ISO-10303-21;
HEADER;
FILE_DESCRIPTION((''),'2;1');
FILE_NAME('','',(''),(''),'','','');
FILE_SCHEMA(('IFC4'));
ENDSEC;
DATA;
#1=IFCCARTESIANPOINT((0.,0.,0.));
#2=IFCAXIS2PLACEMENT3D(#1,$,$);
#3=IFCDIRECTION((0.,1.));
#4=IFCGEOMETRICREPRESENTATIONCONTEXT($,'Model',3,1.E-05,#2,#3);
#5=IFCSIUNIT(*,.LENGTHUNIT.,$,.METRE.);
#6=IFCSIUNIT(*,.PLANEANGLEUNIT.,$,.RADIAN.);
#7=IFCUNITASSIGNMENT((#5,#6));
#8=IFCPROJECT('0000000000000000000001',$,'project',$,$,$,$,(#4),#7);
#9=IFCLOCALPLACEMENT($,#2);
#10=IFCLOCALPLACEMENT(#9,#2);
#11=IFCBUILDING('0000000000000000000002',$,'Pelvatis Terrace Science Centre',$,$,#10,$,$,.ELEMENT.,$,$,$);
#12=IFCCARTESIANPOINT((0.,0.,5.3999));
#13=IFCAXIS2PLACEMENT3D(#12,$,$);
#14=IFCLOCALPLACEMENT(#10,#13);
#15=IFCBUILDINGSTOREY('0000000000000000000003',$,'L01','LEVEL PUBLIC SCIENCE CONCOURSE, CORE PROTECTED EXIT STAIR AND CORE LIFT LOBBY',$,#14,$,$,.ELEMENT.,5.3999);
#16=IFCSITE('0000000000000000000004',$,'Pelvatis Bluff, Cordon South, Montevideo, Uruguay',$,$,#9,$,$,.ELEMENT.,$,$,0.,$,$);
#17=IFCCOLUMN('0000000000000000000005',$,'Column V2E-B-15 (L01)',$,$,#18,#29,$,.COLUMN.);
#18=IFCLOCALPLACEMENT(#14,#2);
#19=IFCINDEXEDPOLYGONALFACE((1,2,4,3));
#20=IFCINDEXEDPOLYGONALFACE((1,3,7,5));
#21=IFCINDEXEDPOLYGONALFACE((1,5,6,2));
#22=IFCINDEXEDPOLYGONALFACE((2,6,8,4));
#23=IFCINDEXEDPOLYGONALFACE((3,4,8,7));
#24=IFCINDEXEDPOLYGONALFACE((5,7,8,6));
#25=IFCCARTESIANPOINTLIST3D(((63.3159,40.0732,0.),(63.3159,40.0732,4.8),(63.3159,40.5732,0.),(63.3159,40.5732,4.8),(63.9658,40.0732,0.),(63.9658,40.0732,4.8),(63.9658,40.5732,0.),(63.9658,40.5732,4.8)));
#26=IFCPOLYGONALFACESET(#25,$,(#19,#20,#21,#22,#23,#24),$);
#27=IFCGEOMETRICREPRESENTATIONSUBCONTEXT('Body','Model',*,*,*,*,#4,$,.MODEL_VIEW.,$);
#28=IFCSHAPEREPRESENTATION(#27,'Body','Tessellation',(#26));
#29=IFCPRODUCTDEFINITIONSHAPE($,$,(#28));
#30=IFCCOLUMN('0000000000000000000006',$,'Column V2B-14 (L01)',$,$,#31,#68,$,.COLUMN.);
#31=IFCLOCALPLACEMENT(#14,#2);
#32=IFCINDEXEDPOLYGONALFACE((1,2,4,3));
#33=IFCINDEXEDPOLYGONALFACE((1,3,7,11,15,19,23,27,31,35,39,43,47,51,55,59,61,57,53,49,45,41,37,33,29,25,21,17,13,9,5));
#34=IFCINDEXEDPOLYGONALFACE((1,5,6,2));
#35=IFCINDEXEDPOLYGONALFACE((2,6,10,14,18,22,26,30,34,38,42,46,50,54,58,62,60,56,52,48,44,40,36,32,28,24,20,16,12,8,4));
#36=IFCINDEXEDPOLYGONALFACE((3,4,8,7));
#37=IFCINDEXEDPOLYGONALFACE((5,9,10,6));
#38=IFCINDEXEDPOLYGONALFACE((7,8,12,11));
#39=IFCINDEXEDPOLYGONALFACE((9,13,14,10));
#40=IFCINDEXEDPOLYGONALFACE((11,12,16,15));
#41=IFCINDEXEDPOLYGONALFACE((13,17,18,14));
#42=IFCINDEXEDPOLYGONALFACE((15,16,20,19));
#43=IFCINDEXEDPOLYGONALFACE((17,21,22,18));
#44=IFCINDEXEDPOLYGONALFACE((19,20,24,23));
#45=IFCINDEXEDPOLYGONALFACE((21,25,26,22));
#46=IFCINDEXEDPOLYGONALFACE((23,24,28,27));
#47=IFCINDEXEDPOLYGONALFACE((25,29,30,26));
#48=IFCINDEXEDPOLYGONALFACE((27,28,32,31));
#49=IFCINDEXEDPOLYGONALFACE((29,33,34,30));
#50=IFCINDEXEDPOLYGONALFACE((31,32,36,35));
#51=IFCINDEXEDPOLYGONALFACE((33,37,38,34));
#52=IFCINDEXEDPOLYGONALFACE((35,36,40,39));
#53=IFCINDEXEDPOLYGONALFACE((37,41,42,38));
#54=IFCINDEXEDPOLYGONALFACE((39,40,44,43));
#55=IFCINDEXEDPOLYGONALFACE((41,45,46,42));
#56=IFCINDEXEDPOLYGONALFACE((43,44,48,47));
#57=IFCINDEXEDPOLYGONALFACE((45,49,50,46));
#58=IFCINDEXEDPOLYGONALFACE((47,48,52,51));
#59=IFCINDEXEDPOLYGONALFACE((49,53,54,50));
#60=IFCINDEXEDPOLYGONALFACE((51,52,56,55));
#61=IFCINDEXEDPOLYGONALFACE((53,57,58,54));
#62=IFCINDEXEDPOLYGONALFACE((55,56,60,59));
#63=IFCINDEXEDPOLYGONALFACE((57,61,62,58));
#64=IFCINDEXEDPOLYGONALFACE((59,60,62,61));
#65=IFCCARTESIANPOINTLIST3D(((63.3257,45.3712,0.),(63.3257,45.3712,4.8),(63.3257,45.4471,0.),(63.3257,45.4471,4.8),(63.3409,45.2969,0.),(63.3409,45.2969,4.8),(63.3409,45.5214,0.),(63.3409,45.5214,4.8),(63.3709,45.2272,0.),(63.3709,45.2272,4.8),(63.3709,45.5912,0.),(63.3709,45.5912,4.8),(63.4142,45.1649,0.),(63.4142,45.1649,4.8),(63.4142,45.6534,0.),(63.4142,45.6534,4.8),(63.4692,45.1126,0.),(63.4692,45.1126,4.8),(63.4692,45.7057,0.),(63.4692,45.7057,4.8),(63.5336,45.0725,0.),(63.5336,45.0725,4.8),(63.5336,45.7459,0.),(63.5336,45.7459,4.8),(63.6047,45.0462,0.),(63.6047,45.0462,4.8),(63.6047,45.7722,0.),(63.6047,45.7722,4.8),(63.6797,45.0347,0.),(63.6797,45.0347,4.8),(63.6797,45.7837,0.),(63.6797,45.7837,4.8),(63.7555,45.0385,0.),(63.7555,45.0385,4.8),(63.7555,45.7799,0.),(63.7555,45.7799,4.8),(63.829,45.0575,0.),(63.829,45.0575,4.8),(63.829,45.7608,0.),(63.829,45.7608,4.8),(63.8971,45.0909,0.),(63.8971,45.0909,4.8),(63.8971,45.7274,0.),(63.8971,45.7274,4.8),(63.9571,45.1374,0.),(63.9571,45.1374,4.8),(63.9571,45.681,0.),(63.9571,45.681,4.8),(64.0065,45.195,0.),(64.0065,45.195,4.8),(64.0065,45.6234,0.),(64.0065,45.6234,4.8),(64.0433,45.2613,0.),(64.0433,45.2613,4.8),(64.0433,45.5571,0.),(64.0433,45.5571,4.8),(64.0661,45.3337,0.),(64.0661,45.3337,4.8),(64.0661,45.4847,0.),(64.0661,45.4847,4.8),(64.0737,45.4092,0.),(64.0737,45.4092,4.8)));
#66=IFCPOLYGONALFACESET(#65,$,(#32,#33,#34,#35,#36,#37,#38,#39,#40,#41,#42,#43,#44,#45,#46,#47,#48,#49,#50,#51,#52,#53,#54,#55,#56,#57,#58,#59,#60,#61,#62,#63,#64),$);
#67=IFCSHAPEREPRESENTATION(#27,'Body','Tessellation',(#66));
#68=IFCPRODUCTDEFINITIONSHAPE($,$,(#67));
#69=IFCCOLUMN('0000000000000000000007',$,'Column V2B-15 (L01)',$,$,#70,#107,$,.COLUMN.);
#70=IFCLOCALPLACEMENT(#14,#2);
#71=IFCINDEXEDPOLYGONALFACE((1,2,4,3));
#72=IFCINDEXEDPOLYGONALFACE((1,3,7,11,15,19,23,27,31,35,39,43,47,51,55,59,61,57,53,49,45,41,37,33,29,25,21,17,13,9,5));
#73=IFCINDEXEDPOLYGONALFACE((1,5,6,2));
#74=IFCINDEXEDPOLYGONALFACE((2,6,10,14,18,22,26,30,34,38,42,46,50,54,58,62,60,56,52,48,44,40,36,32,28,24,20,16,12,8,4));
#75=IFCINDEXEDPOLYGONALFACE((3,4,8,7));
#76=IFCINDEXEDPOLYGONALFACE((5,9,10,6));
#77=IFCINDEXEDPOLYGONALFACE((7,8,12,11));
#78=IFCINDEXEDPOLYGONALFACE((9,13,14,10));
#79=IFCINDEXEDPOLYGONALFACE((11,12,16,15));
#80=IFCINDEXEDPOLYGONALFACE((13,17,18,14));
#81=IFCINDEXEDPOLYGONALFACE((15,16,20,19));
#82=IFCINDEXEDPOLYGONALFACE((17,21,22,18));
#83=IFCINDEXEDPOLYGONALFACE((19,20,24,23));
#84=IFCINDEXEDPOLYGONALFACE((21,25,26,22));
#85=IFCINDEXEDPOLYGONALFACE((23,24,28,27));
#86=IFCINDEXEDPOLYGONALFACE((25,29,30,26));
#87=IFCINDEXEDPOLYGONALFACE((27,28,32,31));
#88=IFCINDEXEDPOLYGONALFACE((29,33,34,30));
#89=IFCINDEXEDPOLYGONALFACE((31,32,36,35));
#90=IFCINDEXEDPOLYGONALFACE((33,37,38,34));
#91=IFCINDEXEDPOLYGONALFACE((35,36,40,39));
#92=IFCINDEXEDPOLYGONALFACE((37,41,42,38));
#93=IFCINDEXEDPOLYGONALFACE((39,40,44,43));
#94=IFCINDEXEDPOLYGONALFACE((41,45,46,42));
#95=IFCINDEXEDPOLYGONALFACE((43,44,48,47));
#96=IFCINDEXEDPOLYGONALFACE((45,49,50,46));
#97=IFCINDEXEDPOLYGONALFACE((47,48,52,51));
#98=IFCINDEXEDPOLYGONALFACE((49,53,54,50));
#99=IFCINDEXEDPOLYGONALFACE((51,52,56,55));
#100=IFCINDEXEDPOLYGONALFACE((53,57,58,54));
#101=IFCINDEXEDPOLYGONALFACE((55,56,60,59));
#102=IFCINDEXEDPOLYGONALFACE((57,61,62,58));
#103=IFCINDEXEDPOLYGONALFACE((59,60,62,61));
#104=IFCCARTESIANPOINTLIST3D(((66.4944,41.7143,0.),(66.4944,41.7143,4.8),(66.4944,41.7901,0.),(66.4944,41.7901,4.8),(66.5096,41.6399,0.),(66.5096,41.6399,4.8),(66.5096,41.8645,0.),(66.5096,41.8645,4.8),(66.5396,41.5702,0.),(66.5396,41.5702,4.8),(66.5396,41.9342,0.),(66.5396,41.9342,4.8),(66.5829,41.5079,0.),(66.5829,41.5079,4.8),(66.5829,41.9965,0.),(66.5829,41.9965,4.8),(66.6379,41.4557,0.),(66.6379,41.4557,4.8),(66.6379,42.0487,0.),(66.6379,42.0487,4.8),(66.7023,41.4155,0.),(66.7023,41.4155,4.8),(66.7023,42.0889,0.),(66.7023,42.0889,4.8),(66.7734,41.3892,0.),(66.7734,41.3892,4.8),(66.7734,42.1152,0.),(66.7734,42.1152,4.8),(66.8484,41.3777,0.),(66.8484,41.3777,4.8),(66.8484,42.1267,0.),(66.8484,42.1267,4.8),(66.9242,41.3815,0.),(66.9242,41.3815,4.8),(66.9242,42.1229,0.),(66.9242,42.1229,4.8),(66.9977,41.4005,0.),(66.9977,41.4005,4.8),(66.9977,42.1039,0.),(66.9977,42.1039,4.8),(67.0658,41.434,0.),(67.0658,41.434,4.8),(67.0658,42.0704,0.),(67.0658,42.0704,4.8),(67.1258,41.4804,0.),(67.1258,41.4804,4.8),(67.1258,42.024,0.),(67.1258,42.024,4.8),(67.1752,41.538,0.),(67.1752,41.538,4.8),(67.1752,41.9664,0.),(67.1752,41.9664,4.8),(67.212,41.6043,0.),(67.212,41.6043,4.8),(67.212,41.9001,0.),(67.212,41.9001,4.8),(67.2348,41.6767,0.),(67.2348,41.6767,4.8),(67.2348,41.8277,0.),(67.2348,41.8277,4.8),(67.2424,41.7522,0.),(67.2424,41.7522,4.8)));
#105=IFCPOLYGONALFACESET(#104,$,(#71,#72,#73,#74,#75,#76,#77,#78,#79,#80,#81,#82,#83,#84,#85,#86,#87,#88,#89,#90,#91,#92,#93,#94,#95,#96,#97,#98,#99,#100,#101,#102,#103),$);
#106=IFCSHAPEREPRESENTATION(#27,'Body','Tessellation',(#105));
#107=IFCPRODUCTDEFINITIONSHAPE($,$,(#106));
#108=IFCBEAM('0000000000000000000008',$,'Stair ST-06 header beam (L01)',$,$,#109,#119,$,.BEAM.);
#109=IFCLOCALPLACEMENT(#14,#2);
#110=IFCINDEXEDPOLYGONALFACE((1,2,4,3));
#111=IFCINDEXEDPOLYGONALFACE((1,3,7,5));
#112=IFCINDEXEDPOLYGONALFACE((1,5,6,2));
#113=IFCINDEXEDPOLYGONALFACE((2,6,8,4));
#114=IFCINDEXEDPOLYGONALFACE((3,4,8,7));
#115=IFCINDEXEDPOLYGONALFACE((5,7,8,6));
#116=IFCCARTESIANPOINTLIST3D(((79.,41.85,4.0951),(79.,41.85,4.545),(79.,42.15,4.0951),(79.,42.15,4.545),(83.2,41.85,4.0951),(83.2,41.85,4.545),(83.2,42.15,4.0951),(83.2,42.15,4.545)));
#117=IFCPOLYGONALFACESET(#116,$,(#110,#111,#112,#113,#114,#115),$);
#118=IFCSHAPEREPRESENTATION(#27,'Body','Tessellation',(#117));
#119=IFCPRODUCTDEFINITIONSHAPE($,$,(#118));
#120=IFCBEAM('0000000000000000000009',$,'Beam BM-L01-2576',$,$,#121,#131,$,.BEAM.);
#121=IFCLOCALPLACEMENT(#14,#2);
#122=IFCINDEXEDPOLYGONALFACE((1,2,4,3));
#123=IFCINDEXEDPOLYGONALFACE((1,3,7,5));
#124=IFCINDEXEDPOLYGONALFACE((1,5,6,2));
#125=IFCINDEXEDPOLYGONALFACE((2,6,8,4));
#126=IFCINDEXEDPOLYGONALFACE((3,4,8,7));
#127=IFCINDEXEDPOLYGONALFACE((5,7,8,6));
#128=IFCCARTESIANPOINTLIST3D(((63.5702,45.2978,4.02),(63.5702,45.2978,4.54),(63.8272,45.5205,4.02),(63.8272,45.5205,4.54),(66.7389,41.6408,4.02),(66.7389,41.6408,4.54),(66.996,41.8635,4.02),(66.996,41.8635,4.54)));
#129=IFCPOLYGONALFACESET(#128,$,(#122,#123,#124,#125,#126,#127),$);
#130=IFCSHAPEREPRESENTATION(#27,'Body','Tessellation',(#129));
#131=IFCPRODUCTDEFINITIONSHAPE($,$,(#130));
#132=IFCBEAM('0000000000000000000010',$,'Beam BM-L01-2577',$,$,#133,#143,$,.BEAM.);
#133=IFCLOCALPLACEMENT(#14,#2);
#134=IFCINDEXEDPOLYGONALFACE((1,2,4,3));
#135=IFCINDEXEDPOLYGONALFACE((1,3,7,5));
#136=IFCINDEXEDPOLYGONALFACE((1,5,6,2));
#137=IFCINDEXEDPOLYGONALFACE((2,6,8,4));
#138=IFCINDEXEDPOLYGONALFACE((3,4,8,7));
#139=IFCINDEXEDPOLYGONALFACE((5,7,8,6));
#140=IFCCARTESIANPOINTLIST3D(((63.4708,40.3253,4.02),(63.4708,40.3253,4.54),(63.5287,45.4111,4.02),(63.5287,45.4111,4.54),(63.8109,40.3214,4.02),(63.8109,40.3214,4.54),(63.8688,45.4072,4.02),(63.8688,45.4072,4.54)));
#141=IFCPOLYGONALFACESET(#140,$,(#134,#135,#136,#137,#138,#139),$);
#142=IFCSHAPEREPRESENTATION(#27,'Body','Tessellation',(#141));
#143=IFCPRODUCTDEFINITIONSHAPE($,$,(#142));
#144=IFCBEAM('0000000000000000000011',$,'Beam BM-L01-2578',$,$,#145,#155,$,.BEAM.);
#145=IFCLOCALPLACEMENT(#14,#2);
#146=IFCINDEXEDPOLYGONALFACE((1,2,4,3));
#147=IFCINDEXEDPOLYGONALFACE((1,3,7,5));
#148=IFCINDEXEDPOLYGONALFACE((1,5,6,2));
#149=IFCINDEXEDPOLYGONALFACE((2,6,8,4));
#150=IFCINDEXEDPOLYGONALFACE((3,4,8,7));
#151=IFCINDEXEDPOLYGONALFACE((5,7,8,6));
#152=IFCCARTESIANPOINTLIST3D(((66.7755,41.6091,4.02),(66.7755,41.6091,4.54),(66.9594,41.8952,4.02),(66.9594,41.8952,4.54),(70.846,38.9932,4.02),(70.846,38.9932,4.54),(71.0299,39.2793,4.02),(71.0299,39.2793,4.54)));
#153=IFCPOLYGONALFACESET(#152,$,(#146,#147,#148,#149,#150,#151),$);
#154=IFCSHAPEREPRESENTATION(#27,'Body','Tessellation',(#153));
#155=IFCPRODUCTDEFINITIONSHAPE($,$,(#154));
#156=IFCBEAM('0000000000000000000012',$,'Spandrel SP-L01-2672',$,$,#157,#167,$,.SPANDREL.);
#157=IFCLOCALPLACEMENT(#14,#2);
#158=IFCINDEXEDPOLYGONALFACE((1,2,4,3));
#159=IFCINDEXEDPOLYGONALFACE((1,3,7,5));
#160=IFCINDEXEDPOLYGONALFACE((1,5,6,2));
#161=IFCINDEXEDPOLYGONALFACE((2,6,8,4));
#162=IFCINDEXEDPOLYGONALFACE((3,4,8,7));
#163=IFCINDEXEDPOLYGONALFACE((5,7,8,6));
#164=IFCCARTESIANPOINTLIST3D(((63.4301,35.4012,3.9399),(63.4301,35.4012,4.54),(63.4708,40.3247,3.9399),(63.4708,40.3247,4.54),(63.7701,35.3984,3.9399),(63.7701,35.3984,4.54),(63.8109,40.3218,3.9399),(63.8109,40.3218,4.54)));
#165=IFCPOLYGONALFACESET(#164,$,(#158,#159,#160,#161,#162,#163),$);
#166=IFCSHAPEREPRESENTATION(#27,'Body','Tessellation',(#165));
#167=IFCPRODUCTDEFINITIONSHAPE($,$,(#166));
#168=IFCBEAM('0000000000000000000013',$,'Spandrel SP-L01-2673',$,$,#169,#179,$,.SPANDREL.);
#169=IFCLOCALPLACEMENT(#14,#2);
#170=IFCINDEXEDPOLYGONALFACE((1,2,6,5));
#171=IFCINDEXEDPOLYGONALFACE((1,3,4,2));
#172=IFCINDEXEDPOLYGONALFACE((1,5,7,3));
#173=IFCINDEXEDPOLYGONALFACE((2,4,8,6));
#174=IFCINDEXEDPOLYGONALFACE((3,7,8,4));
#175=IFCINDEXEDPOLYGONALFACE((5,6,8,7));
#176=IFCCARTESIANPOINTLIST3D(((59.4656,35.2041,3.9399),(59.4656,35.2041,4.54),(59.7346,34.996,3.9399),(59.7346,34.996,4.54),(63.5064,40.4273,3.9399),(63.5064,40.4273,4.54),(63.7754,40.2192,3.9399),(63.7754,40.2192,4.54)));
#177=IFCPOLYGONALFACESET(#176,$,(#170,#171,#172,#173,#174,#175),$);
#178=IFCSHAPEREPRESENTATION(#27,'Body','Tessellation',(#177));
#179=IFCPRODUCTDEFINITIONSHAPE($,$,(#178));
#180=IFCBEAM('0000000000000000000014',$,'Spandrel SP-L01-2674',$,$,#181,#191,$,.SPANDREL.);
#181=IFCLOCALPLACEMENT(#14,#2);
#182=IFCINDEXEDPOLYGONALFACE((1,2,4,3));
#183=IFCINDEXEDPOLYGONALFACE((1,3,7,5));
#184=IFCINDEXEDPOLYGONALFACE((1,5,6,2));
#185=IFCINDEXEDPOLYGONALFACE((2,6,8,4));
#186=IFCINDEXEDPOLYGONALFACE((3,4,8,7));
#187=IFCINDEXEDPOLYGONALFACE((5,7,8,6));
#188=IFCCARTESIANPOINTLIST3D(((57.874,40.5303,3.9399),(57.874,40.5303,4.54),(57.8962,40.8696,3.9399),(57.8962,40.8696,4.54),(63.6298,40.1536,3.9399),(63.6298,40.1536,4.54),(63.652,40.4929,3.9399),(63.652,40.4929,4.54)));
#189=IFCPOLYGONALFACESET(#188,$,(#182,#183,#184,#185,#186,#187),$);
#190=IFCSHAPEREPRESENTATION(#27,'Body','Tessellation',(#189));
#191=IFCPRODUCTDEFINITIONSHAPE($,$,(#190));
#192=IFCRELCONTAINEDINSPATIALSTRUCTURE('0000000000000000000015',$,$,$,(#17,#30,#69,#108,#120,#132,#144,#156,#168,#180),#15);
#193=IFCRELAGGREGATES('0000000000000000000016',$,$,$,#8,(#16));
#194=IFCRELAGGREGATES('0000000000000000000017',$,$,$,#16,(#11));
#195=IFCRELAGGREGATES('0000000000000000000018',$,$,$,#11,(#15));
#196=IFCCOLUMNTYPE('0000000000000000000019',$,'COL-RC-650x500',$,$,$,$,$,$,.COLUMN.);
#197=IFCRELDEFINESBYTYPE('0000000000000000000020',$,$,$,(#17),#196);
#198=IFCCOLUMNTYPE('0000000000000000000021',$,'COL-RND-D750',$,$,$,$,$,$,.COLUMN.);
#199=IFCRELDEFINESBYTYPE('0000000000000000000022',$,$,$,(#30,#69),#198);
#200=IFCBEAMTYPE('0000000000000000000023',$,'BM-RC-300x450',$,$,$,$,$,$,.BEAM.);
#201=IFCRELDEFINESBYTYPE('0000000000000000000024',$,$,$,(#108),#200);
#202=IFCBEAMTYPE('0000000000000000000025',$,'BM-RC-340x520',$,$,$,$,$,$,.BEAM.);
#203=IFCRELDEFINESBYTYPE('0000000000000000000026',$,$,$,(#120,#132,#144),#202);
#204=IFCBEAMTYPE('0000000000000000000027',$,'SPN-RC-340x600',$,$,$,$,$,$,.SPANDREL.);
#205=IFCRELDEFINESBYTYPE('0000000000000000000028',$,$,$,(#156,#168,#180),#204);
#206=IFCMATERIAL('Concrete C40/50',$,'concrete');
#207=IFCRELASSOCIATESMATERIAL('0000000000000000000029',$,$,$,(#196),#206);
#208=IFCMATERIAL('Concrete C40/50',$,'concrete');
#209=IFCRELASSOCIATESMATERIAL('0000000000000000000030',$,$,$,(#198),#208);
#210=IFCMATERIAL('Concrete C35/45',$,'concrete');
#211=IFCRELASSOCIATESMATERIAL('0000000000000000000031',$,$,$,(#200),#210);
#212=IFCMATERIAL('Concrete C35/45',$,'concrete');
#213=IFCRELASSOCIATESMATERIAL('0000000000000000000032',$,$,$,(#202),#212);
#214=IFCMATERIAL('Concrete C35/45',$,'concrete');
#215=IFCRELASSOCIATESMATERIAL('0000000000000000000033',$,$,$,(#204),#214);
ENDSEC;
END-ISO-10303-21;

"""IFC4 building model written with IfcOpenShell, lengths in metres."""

from ifc_helpers import new_model, si_unit, direction, frame, origin, origin_2d, place, context, subcontext, project, spatial, rectangle, circle, extrude, material, material_profile, profile_set, type_object, element, save


model = new_model("IFC4")

# Units and contexts
model_context = context("Model", 3, precision=1e-05, world=origin(), true_north=direction((0.0, 1.0)))
body_context = subcontext(model_context, "Body", "Model", "MODEL_VIEW")
ifc_project = project(units=[si_unit("LENGTHUNIT", "METRE"), si_unit("PLANEANGLEUNIT", "RADIAN")], contexts=[model_context])

# Site, building, storey
site_placement = place(None, origin())
site = spatial("IfcSite", under=ifc_project, at=site_placement, Name="Pelvatis Bluff, Cordon South, Montevideo, Uruguay", CompositionType="ELEMENT", RefElevation=0.0)
building_placement = place(site_placement, origin())
building = spatial("IfcBuilding", under=site, at=building_placement, Name="Pelvatis Terrace Science Centre", CompositionType="ELEMENT")
storey_placement = place(building_placement, frame((0.0, 0.0, 5.3999)))
storey = spatial("IfcBuildingStorey", under=building, at=storey_placement, Name="L01", Description="LEVEL PUBLIC SCIENCE CONCOURSE, CORE PROTECTED EXIT STAIR AND CORE LIFT LOBBY", CompositionType="ELEMENT", Elevation=5.3999)

# Columns
ifc_material_1 = material(Name="Concrete C40/50", Category="concrete")
ifc_material_profile_1 = material_profile(ifc_material_1, rectangle(XDim=0.6499, YDim=0.5, at=origin_2d()), Name="RC-COL 650x500")
ifc_profile_set_1 = profile_set([ifc_material_profile_1], Name="Concrete C40/50")
column_type_1 = type_object("IfcColumnType", Name="COL-RC-650x500", PredefinedType="COLUMN", material=ifc_profile_set_1)
column_placement = place(storey_placement, frame((63.6409, 40.3232, 0.0), z_axis=(0.0, 0.0, 1.0), x_axis=(1.0, 0.0, 0.0)))
element("IfcColumn", 1, at=column_placement, inside=storey, type_object=column_type_1, Name="Column V2E-B-15 (L01)", PredefinedType="COLUMN", context=body_context, shape_type="SweptSolid", body=[
    extrude(rectangle(XDim=0.6499, YDim=0.5, at=origin_2d()), origin(), (0.0, 0.0, 1.0), 4.8),
])
ifc_material_2 = material(Name="Concrete C40/50", Category="concrete")
ifc_material_profile_2 = material_profile(ifc_material_2, circle(Radius=0.375, at=origin_2d()), Name="RC-RCOL D750")
ifc_profile_set_2 = profile_set([ifc_material_profile_2], Name="Concrete C40/50")
column_type_2 = type_object("IfcColumnType", Name="COL-RND-D750", PredefinedType="COLUMN", material=ifc_profile_set_2)
for number, where, z_axis, x_axis, name in (
    (2, (63.6987, 45.4092, 0.0), (0.0, 0.0, 1.0), (1.0, 0.0, 0.0), "Column V2B-14 (L01)"),
    (3, (66.8674, 41.7522, 0.0), (0.0, 0.0, 1.0), (1.0, 0.0, 0.0), "Column V2B-15 (L01)"),
):
    element("IfcColumn", number, at=place(storey_placement, frame(where, z_axis=z_axis, x_axis=x_axis)), inside=storey, type_object=column_type_2, Name=name, PredefinedType="COLUMN", context=body_context, shape_type="SweptSolid", body=[
        extrude(circle(Radius=0.375, at=origin_2d()), origin(), (0.0, 0.0, 1.0), 4.8),
    ])

# Beams
ifc_material_3 = material(Name="Concrete C35/45", Category="concrete")
ifc_material_profile_3 = material_profile(ifc_material_3, rectangle(XDim=0.3, YDim=0.45, at=origin_2d()), Name="RC-BM 300x450")
ifc_profile_set_3 = profile_set([ifc_material_profile_3], Name="Concrete C35/45")
beam_type_1 = type_object("IfcBeamType", Name="BM-RC-300x450", PredefinedType="BEAM", material=ifc_profile_set_3)
beam_1_placement = place(storey_placement, frame((79.0, 42.0, 4.3201), z_axis=(1.0, 0.0, 0.0), x_axis=(0.0, 1.0, 0.0)))
element("IfcBeam", 4, at=beam_1_placement, inside=storey, type_object=beam_type_1, Name="Stair ST-06 header beam (L01)", PredefinedType="BEAM", context=body_context, shape_type="SweptSolid", body=[
    extrude(rectangle(XDim=0.3, YDim=0.45, at=origin_2d()), origin(), (0.0, 0.0, 1.0), 4.2),
])
ifc_material_4 = material(Name="Concrete C35/45", Category="concrete")
ifc_material_profile_4 = material_profile(ifc_material_4, rectangle(XDim=0.3401, YDim=0.52, at=origin_2d()), Name="RC-BM 340x520")
ifc_profile_set_4 = profile_set([ifc_material_profile_4], Name="Concrete C35/45")
beam_type_2 = type_object("IfcBeamType", Name="BM-RC-340x520", PredefinedType="BEAM", material=ifc_profile_set_4)
beam_2_placement = place(storey_placement, frame((63.6987, 45.4092, 4.28), z_axis=(0.65485, -0.755759, 0.0), x_axis=(0.755759, 0.65485, 0.0)))
element("IfcBeam", 5, at=beam_2_placement, inside=storey, type_object=beam_type_2, Name="Beam BM-L01-2576", PredefinedType="BEAM", context=body_context, shape_type="SweptSolid", body=[
    extrude(rectangle(XDim=0.3401, YDim=0.52, at=origin_2d()), origin(), (0.0, 0.0, 1.0), 4.8389),
])
beam_3_placement = place(storey_placement, frame((63.6987, 45.4092, 4.28), z_axis=(-0.011376, -0.999935, 0.0), x_axis=(0.999935, -0.011376, 0.0)))
element("IfcBeam", 6, at=beam_3_placement, inside=storey, type_object=beam_type_2, Name="Beam BM-L01-2577", PredefinedType="BEAM", context=body_context, shape_type="SweptSolid", body=[
    extrude(rectangle(XDim=0.3401, YDim=0.52, at=origin_2d()), origin(), (0.0, 0.0, 1.0), 5.0862),
])
beam_4_placement = place(storey_placement, frame((66.8674, 41.7522, 4.28), z_axis=(0.841256, -0.540638, 0.0), x_axis=(0.540638, 0.841256, 0.0)))
element("IfcBeam", 7, at=beam_4_placement, inside=storey, type_object=beam_type_2, Name="Beam BM-L01-2578", PredefinedType="BEAM", context=body_context, shape_type="SweptSolid", body=[
    extrude(rectangle(XDim=0.3401, YDim=0.52, at=origin_2d()), origin(), (0.0, 0.0, 1.0), 4.8386),
])
ifc_material_5 = material(Name="Concrete C35/45", Category="concrete")
ifc_material_profile_5 = material_profile(ifc_material_5, rectangle(XDim=0.3401, YDim=0.6001, at=origin_2d()), Name="RC-SPN 340x600")
ifc_profile_set_5 = profile_set([ifc_material_profile_5], Name="Concrete C35/45")
beam_type_3 = type_object("IfcBeamType", Name="SPN-RC-340x600", PredefinedType="SPANDREL", material=ifc_profile_set_5)
beam_5_placement = place(storey_placement, frame((63.6409, 40.3232, 4.24), z_axis=(-0.008281, -0.999966, 0.0), x_axis=(0.999966, -0.008281, 0.0)))
element("IfcBeam", 8, at=beam_5_placement, inside=storey, type_object=beam_type_3, Name="Spandrel SP-L01-2672", PredefinedType="SPANDREL", context=body_context, shape_type="SweptSolid", body=[
    extrude(rectangle(XDim=0.3401, YDim=0.6001, at=origin_2d()), origin(), (0.0, 0.0, 1.0), 4.9236),
])
beam_6_placement = place(storey_placement, frame((63.6409, 40.3232, 4.24), z_axis=(-0.611894, -0.79094, 0.0), x_axis=(0.79094, -0.611894, 0.0)))
element("IfcBeam", 9, at=beam_6_placement, inside=storey, type_object=beam_type_3, Name="Spandrel SP-L01-2673", PredefinedType="SPANDREL", context=body_context, shape_type="SweptSolid", body=[
    extrude(rectangle(XDim=0.3401, YDim=0.6001, at=origin_2d()), origin(), (0.0, 0.0, 1.0), 6.6038),
])
beam_7_placement = place(storey_placement, frame((63.6409, 40.3232, 4.24), z_axis=(-0.997865, 0.065308, 0.0), x_axis=(-0.065308, -0.997865, 0.0)))
element("IfcBeam", 10, at=beam_7_placement, inside=storey, type_object=beam_type_3, Name="Spandrel SP-L01-2674", PredefinedType="SPANDREL", context=body_context, shape_type="SweptSolid", body=[
    extrude(rectangle(XDim=0.3401, YDim=0.6001, at=origin_2d()), origin(), (0.0, 0.0, 1.0), 5.7681),
])

save(model, "model.ifc")
